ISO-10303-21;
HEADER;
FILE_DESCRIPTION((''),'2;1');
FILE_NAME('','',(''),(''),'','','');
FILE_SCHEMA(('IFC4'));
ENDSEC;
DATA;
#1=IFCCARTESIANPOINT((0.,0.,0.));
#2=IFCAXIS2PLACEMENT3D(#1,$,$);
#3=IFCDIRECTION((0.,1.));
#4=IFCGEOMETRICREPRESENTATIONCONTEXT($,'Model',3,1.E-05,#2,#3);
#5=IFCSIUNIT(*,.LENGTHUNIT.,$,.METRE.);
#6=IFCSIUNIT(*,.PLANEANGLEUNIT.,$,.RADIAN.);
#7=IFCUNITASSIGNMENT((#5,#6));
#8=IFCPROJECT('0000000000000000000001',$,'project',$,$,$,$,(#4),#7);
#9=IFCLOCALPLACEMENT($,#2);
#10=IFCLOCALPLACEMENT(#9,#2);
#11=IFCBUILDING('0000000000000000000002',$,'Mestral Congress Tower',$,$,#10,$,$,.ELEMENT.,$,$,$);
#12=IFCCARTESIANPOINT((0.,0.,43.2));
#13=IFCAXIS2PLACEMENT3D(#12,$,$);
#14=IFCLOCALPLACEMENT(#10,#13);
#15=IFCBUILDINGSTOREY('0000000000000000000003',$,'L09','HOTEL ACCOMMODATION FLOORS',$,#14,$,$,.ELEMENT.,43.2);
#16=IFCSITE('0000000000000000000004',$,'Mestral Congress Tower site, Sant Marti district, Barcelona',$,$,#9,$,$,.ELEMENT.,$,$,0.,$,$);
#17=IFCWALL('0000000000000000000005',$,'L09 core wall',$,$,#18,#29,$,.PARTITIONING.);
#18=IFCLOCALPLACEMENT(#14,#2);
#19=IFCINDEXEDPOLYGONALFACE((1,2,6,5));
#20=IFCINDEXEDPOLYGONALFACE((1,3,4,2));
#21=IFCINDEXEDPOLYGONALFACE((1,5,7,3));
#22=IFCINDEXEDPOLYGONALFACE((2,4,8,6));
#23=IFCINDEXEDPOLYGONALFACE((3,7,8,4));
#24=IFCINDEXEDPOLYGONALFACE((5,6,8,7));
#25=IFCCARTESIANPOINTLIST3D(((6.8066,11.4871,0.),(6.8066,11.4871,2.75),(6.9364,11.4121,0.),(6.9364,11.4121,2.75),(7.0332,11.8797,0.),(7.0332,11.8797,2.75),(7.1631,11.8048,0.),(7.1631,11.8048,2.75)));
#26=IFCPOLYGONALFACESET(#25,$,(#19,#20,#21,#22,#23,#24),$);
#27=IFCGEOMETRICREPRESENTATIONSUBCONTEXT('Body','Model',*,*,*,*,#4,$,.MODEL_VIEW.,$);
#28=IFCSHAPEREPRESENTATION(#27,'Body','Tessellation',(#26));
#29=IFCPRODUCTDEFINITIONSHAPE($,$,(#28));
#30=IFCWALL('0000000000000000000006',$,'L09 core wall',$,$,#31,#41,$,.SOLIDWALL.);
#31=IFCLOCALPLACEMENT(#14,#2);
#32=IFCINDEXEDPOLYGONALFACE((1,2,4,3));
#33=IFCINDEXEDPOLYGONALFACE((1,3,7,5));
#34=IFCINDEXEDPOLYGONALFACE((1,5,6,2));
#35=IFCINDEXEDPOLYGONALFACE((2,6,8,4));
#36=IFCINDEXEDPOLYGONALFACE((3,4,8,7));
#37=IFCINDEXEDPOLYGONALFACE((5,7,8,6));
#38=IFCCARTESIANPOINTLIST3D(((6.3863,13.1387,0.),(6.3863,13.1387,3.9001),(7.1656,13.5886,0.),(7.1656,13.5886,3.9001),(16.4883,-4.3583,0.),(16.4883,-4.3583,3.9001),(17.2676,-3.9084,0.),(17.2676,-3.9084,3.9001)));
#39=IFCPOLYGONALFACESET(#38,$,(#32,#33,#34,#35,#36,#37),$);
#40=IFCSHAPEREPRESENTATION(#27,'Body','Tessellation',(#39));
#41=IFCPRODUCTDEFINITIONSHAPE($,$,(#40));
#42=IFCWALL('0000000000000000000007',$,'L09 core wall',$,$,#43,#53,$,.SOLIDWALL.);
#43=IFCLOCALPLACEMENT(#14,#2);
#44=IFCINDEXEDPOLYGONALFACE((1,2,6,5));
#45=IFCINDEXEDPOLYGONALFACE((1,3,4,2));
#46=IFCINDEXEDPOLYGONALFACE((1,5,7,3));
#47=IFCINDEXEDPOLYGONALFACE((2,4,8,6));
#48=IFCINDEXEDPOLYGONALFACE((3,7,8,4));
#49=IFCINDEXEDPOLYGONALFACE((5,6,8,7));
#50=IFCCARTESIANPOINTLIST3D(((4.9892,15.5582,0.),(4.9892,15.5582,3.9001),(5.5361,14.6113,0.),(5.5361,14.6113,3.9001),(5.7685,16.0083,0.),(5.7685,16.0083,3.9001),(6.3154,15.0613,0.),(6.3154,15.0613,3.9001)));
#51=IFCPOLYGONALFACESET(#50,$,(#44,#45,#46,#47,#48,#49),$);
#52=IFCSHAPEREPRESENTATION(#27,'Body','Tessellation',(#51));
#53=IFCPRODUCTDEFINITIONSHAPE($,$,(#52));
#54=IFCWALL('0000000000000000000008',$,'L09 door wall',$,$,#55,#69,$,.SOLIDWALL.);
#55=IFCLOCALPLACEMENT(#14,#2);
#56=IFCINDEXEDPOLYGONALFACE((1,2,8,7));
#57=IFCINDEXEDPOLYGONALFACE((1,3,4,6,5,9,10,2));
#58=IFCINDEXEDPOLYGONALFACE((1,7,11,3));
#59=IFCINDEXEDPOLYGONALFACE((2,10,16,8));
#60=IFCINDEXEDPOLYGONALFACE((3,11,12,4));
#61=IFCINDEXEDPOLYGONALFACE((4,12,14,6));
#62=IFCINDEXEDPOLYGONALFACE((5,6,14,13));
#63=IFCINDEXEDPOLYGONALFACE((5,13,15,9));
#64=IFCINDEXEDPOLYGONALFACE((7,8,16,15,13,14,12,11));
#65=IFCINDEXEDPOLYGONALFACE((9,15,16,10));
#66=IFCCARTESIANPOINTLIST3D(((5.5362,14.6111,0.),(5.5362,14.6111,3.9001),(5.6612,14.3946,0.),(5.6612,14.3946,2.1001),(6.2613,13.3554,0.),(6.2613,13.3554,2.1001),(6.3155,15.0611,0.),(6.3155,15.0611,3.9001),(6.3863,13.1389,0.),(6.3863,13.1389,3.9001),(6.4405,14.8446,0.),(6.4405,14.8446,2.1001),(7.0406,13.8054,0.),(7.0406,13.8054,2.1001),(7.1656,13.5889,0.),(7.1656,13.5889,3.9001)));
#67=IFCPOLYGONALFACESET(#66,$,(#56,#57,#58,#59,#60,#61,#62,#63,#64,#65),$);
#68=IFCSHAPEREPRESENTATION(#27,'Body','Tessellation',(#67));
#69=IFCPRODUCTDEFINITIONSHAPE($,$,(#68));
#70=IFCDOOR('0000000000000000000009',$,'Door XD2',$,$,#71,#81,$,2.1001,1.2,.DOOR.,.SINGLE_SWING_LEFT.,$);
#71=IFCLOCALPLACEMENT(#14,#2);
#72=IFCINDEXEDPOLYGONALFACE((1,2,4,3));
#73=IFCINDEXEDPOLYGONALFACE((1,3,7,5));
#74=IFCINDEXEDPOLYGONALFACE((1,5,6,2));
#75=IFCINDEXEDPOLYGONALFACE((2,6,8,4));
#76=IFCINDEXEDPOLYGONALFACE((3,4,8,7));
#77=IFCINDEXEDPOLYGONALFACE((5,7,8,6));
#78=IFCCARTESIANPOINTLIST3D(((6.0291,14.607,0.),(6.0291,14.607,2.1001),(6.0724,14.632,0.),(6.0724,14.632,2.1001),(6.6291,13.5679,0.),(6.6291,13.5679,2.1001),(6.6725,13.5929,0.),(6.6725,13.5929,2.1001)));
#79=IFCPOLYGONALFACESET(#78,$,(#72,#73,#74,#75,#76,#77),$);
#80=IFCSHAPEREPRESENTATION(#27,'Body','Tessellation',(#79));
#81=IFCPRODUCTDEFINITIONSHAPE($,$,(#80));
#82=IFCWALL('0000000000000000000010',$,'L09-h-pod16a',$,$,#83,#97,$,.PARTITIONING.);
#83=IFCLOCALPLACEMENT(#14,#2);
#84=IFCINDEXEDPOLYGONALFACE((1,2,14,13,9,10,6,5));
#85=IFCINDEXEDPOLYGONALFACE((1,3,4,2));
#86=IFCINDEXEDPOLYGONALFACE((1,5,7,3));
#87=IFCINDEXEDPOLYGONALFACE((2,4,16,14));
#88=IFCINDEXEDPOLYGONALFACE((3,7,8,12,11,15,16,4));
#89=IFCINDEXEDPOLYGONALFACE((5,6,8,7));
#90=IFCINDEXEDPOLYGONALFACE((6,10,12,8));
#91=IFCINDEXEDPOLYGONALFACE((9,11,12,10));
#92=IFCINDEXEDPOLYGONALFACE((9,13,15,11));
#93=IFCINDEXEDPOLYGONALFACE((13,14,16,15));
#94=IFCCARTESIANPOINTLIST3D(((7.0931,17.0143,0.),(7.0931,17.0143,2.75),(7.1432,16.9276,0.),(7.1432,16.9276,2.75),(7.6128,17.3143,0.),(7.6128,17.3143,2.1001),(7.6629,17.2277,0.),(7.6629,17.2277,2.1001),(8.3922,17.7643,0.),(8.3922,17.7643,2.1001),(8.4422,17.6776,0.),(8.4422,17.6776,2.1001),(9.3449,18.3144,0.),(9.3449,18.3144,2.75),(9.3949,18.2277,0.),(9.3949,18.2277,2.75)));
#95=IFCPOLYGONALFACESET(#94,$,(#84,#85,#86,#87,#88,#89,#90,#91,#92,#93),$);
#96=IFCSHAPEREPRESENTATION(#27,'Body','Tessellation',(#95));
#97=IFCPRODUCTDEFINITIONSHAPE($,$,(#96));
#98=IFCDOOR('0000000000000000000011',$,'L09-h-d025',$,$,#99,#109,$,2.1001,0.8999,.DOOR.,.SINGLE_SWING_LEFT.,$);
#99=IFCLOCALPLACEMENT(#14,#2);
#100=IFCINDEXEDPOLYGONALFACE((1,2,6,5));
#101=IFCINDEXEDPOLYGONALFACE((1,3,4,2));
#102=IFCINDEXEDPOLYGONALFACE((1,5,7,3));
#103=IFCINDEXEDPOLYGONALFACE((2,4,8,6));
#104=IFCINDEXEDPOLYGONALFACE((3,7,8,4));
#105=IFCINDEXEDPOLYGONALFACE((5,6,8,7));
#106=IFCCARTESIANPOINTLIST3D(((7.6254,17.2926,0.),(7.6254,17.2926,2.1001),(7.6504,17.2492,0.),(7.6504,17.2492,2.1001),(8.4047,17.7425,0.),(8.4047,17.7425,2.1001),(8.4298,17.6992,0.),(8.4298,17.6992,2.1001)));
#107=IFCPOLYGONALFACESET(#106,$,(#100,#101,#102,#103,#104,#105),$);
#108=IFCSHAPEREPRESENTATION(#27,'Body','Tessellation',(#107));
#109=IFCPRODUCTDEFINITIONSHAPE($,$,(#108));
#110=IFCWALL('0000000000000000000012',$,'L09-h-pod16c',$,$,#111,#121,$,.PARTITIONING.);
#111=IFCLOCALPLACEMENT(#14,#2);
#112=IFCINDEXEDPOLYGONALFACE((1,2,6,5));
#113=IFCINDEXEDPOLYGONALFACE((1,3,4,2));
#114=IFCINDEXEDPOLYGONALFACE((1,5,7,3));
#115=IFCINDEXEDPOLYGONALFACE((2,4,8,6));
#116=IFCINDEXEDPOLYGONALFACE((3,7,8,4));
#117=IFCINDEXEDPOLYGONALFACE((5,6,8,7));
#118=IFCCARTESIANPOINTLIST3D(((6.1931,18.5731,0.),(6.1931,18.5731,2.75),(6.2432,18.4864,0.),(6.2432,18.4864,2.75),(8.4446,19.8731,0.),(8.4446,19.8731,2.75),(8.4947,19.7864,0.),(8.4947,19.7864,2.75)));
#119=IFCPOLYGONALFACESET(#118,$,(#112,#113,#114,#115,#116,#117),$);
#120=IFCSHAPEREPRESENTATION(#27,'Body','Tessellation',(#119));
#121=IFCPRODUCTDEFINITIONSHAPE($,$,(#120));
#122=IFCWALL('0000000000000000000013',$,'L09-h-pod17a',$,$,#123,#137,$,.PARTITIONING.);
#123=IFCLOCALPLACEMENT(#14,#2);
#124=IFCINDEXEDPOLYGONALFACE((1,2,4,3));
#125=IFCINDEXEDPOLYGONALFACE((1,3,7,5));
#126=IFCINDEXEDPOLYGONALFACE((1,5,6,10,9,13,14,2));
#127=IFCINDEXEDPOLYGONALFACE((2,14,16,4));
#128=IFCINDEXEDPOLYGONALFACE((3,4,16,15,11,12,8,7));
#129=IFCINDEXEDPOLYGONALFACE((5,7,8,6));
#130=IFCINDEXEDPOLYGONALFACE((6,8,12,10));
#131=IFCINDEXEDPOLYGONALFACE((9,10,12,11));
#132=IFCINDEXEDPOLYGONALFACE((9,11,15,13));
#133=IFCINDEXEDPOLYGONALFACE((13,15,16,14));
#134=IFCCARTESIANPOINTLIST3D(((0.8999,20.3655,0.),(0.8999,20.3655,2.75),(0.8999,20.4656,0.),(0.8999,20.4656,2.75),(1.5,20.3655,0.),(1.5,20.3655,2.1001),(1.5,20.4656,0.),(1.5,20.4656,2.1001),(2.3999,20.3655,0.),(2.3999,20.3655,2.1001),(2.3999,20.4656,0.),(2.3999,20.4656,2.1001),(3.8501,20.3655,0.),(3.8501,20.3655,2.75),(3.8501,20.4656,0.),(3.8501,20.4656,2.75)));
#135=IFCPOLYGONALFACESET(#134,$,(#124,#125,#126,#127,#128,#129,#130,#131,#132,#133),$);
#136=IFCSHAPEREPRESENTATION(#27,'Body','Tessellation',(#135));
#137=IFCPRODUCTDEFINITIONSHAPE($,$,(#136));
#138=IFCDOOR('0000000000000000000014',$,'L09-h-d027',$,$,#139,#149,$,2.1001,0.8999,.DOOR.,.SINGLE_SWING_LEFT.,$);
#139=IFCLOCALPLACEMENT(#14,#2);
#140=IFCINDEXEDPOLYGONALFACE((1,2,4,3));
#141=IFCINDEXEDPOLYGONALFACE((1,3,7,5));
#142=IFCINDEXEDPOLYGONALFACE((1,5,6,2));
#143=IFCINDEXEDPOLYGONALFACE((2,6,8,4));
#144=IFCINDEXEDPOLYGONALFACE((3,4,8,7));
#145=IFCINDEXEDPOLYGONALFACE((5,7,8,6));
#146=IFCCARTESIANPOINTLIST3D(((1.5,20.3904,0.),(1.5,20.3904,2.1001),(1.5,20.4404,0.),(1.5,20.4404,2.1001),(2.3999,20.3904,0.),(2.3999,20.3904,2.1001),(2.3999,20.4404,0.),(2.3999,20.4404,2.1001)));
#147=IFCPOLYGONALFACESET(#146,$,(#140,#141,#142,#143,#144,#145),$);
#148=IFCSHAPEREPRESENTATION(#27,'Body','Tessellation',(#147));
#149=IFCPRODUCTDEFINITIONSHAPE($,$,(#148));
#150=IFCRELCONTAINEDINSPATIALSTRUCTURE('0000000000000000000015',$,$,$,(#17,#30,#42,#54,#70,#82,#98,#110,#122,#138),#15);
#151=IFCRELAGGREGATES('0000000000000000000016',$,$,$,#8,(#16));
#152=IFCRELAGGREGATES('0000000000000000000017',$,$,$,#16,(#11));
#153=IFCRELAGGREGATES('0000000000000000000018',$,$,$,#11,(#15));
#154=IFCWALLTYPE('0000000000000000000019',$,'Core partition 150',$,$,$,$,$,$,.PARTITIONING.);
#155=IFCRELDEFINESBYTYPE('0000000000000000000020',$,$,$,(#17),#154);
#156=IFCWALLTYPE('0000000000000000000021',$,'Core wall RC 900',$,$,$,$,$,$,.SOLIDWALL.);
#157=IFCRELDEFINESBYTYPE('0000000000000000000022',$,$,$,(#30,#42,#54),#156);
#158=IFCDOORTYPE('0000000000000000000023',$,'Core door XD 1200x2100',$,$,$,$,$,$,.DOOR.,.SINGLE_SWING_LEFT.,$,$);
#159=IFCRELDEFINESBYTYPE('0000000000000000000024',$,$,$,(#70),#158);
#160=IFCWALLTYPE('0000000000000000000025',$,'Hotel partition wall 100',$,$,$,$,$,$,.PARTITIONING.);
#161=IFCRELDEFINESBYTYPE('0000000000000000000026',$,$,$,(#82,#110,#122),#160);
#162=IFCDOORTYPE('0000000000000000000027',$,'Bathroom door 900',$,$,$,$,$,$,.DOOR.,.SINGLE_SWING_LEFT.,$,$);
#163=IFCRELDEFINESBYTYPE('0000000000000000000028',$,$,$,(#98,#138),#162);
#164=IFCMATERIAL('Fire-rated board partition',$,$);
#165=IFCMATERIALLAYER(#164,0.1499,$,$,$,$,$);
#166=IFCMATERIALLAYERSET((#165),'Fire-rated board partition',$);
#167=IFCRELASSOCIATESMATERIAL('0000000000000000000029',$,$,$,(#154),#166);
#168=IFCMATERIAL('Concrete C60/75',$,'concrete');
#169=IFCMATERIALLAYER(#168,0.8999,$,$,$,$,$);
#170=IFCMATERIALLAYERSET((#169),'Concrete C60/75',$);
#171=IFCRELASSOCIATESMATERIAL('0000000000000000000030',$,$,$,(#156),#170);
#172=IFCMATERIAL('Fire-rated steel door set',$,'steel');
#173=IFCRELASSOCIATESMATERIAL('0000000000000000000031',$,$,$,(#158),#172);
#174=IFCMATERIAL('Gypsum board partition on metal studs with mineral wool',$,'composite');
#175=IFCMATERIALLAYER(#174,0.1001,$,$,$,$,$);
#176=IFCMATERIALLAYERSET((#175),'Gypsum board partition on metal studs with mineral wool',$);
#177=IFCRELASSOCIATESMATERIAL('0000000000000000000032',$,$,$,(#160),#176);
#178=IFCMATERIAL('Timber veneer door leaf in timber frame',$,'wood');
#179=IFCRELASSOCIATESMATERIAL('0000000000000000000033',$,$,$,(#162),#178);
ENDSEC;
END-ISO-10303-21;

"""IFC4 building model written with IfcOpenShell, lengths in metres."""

from ifc_helpers import new_model, si_unit, direction, frame, frame_2d, origin, place, context, subcontext, project, spatial, rectangle, extrude, material, layer, layer_set, type_object, element, fill, save


model = new_model("IFC4")

# Units and contexts
model_context = context("Model", 3, precision=1e-05, world=origin(), true_north=direction((0.0, 1.0)))
body_context = subcontext(model_context, "Body", "Model", "MODEL_VIEW")
ifc_project = project(units=[si_unit("LENGTHUNIT", "METRE"), si_unit("PLANEANGLEUNIT", "RADIAN")], contexts=[model_context])

# Site, building, storey
site_placement = place(None, origin())
site = spatial("IfcSite", under=ifc_project, at=site_placement, Name="Mestral Congress Tower site, Sant Marti district, Barcelona", CompositionType="ELEMENT", RefElevation=0.0)
building_placement = place(site_placement, origin())
building = spatial("IfcBuilding", under=site, at=building_placement, Name="Mestral Congress Tower", CompositionType="ELEMENT")
storey_placement = place(building_placement, frame((0.0, 0.0, 43.2)))
storey = spatial("IfcBuildingStorey", under=building, at=storey_placement, Name="L09", Description="HOTEL ACCOMMODATION FLOORS", CompositionType="ELEMENT", Elevation=43.2)

# Walls
ifc_material_1 = material(Name="Fire-rated board partition")
ifc_layer_1 = layer(ifc_material_1, 0.1499)
ifc_layer_set_1 = layer_set([ifc_layer_1], Name="Fire-rated board partition")
wall_type_1 = type_object("IfcWallType", Name="Core partition 150", PredefinedType="PARTITIONING", material=ifc_layer_set_1)
wall_1_placement = place(storey_placement, frame((6.8716, 11.4497, 0.0), z_axis=(0.0, 0.0, 1.0), x_axis=(0.499847, 0.866114, 0.0)))
element("IfcWall", 1, at=wall_1_placement, inside=storey, type_object=wall_type_1, Name="L09 core wall", PredefinedType="PARTITIONING", context=body_context, shape_type="SweptSolid", body=[
    extrude(rectangle(XDim=0.4534, YDim=0.1499, at=frame_2d((0.2266, 0.0))), origin(), (0.0, 0.0, 1.0), 2.75),
])
ifc_material_2 = material(Name="Concrete C60/75", Category="concrete")
ifc_layer_2 = layer(ifc_material_2, 0.8999)
ifc_layer_set_2 = layer_set([ifc_layer_2], Name="Concrete C60/75")
wall_type_2 = type_object("IfcWallType", Name="Core wall RC 900", PredefinedType="SOLIDWALL", material=ifc_layer_set_2)
wall_2_placement = place(storey_placement, frame((6.7759, 13.3638, 0.0), z_axis=(0.0, 0.0, 1.0), x_axis=(0.500004, -0.866023, 0.0)))
element("IfcWall", 2, at=wall_2_placement, inside=storey, type_object=wall_type_2, Name="L09 core wall", PredefinedType="SOLIDWALL", context=body_context, shape_type="SweptSolid", body=[
    extrude(rectangle(XDim=20.2039, YDim=0.8999, at=frame_2d((10.1021, 0.0))), origin(), (0.0, 0.0, 1.0), 3.9001),
])
wall_3_placement = place(storey_placement, frame((5.9258, 14.8362, 0.0), z_axis=(0.0, 0.0, 1.0), x_axis=(-0.500077, 0.865981, 0.0)))
element("IfcWall", 3, at=wall_3_placement, inside=storey, type_object=wall_type_2, Name="L09 core wall", PredefinedType="SOLIDWALL", context=body_context, shape_type="SweptSolid", body=[
    extrude(rectangle(XDim=1.0935, YDim=0.8999, at=frame_2d((0.5469, 0.0))), origin(), (0.0, 0.0, 1.0), 3.9001),
])

# Walls, openings, doors
wall_4_placement = place(storey_placement, frame((5.9258, 14.8362, 0.0), z_axis=(0.0, 0.0, 1.0), x_axis=(0.500062, -0.865989, 0.0)))
wall_4 = element("IfcWall", 4, at=wall_4_placement, inside=storey, type_object=wall_type_2, Name="L09 door wall", PredefinedType="SOLIDWALL", context=body_context, shape_type="SweptSolid", body=[
    extrude(rectangle(XDim=1.7, YDim=0.8999, at=frame_2d((0.8501, 0.0))), origin(), (0.0, 0.0, 1.0), 3.9001),
])
opening_1_placement = place(wall_4_placement, frame((0.25, 0.0, 0.0)))
opening_1 = element("IfcOpeningElement", 5, at=opening_1_placement, cuts=wall_4, PredefinedType="OPENING", context=body_context, shape_type="SweptSolid", body=[
    extrude(rectangle(XDim=1.2, YDim=2.1001, at=frame_2d((0.6001, 1.05))), frame((0.0, 0.46, 0.0), z_axis=(0.0, -1.0, 0.0), x_axis=(1.0, 0.0, 0.0)), (0.0, 0.0, 1.0), 0.9199),
])
ifc_material_3 = material(Name="Fire-rated steel door set", Category="steel")
door_type_1 = type_object("IfcDoorType", Name="Core door XD 1200x2100", OperationType="SINGLE_SWING_LEFT", PredefinedType="DOOR", material=ifc_material_3)
door_1_placement = place(opening_1_placement, origin())
door_1 = element("IfcDoor", 6, at=door_1_placement, inside=storey, type_object=door_type_1, Name="Door XD2", OperationType="SINGLE_SWING_LEFT", OverallHeight=2.1001, OverallWidth=1.2, PredefinedType="DOOR", context=body_context, shape_type="SweptSolid", body=[
    extrude(rectangle(XDim=1.2, YDim=2.1001, at=frame_2d((0.6001, 1.05))), frame((0.0, 0.0249, 0.0), z_axis=(0.0, -1.0, 0.0), x_axis=(1.0, 0.0, 0.0)), (0.0, 0.0, 1.0), 0.05),
])
fill(opening_1, door_1)
ifc_material_4 = material(Name="Gypsum board partition on metal studs with mineral wool", Category="composite")
ifc_layer_3 = layer(ifc_material_4, 0.1001)
ifc_layer_set_3 = layer_set([ifc_layer_3], Name="Gypsum board partition on metal studs with mineral wool")
wall_type_3 = type_object("IfcWallType", Name="Hotel partition wall 100", PredefinedType="PARTITIONING", material=ifc_layer_set_3)
wall_5_placement = place(storey_placement, frame((7.1182, 16.9709, 0.0), z_axis=(0.0, 0.0, 1.0), x_axis=(0.866021, 0.500007, 0.0)))
wall_5 = element("IfcWall", 7, at=wall_5_placement, inside=storey, type_object=wall_type_3, Name="L09-h-pod16a", PredefinedType="PARTITIONING", context=body_context, shape_type="SweptSolid", body=[
    extrude(rectangle(XDim=2.6001, YDim=0.1001, at=frame_2d((1.3, 0.0))), origin(), (0.0, 0.0, 1.0), 2.75),
])
opening_2_placement = place(wall_5_placement, frame((0.6001, 0.0, 0.0)))
opening_2 = element("IfcOpeningElement", 8, at=opening_2_placement, cuts=wall_5, PredefinedType="OPENING", context=body_context, shape_type="SweptSolid", body=[
    extrude(rectangle(XDim=0.8999, YDim=2.1001, at=frame_2d((0.45, 1.05))), frame((0.0, 0.0601, 0.0), z_axis=(0.0, -1.0, 0.0), x_axis=(1.0, 0.0, 0.0)), (0.0, 0.0, 1.0), 0.1201),
])
ifc_material_5 = material(Name="Timber veneer door leaf in timber frame", Category="wood")
door_type_2 = type_object("IfcDoorType", Name="Bathroom door 900", OperationType="SINGLE_SWING_LEFT", PredefinedType="DOOR", material=ifc_material_5)
door_2_placement = place(opening_2_placement, origin())
door_2 = element("IfcDoor", 9, at=door_2_placement, inside=storey, type_object=door_type_2, Name="L09-h-d025", OperationType="SINGLE_SWING_LEFT", OverallHeight=2.1001, OverallWidth=0.8999, PredefinedType="DOOR", context=body_context, shape_type="SweptSolid", body=[
    extrude(rectangle(XDim=0.8999, YDim=2.1001, at=frame_2d((0.45, 1.05))), frame((0.0, 0.0249, 0.0), z_axis=(0.0, -1.0, 0.0), x_axis=(1.0, 0.0, 0.0)), (0.0, 0.0, 1.0), 0.05),
])
fill(opening_2, door_2)

# Wall
wall_6_placement = place(storey_placement, frame((6.2183, 18.5298, 0.0), z_axis=(0.0, 0.0, 1.0), x_axis=(0.865998, 0.500048, 0.0)))
element("IfcWall", 10, at=wall_6_placement, inside=storey, type_object=wall_type_3, Name="L09-h-pod16c", PredefinedType="PARTITIONING", context=body_context, shape_type="SweptSolid", body=[
    extrude(rectangle(XDim=2.5999, YDim=0.1001, at=frame_2d((1.2998, 0.0))), origin(), (0.0, 0.0, 1.0), 2.75),
])

# Wall, opening, door
wall_7_placement = place(storey_placement, frame((0.8999, 20.4155, 0.0), z_axis=(0.0, 0.0, 1.0), x_axis=(1.0, 0.0, 0.0)))
wall_7 = element("IfcWall", 11, at=wall_7_placement, inside=storey, type_object=wall_type_3, Name="L09-h-pod17a", PredefinedType="PARTITIONING", context=body_context, shape_type="SweptSolid", body=[
    extrude(rectangle(XDim=2.9502, YDim=0.1001, at=frame_2d((1.4751, 0.0))), origin(), (0.0, 0.0, 1.0), 2.75),
])
opening_3_placement = place(wall_7_placement, frame((0.6001, 0.0, 0.0)))
opening_3 = element("IfcOpeningElement", 12, at=opening_3_placement, cuts=wall_7, PredefinedType="OPENING", context=body_context, shape_type="SweptSolid", body=[
    extrude(rectangle(XDim=0.8999, YDim=2.1001, at=frame_2d((0.45, 1.05))), frame((0.0, 0.0601, 0.0), z_axis=(0.0, -1.0, 0.0), x_axis=(1.0, 0.0, 0.0)), (0.0, 0.0, 1.0), 0.1201),
])
door_3_placement = place(opening_3_placement, origin())
door_3 = element("IfcDoor", 13, at=door_3_placement, inside=storey, type_object=door_type_2, Name="L09-h-d027", OperationType="SINGLE_SWING_LEFT", OverallHeight=2.1001, OverallWidth=0.8999, PredefinedType="DOOR", context=body_context, shape_type="SweptSolid", body=[
    extrude(rectangle(XDim=0.8999, YDim=2.1001, at=frame_2d((0.45, 1.05))), frame((0.0, 0.0249, 0.0), z_axis=(0.0, -1.0, 0.0), x_axis=(1.0, 0.0, 0.0)), (0.0, 0.0, 1.0), 0.05),
])
fill(opening_3, door_3)

save(model, "model.ifc")
